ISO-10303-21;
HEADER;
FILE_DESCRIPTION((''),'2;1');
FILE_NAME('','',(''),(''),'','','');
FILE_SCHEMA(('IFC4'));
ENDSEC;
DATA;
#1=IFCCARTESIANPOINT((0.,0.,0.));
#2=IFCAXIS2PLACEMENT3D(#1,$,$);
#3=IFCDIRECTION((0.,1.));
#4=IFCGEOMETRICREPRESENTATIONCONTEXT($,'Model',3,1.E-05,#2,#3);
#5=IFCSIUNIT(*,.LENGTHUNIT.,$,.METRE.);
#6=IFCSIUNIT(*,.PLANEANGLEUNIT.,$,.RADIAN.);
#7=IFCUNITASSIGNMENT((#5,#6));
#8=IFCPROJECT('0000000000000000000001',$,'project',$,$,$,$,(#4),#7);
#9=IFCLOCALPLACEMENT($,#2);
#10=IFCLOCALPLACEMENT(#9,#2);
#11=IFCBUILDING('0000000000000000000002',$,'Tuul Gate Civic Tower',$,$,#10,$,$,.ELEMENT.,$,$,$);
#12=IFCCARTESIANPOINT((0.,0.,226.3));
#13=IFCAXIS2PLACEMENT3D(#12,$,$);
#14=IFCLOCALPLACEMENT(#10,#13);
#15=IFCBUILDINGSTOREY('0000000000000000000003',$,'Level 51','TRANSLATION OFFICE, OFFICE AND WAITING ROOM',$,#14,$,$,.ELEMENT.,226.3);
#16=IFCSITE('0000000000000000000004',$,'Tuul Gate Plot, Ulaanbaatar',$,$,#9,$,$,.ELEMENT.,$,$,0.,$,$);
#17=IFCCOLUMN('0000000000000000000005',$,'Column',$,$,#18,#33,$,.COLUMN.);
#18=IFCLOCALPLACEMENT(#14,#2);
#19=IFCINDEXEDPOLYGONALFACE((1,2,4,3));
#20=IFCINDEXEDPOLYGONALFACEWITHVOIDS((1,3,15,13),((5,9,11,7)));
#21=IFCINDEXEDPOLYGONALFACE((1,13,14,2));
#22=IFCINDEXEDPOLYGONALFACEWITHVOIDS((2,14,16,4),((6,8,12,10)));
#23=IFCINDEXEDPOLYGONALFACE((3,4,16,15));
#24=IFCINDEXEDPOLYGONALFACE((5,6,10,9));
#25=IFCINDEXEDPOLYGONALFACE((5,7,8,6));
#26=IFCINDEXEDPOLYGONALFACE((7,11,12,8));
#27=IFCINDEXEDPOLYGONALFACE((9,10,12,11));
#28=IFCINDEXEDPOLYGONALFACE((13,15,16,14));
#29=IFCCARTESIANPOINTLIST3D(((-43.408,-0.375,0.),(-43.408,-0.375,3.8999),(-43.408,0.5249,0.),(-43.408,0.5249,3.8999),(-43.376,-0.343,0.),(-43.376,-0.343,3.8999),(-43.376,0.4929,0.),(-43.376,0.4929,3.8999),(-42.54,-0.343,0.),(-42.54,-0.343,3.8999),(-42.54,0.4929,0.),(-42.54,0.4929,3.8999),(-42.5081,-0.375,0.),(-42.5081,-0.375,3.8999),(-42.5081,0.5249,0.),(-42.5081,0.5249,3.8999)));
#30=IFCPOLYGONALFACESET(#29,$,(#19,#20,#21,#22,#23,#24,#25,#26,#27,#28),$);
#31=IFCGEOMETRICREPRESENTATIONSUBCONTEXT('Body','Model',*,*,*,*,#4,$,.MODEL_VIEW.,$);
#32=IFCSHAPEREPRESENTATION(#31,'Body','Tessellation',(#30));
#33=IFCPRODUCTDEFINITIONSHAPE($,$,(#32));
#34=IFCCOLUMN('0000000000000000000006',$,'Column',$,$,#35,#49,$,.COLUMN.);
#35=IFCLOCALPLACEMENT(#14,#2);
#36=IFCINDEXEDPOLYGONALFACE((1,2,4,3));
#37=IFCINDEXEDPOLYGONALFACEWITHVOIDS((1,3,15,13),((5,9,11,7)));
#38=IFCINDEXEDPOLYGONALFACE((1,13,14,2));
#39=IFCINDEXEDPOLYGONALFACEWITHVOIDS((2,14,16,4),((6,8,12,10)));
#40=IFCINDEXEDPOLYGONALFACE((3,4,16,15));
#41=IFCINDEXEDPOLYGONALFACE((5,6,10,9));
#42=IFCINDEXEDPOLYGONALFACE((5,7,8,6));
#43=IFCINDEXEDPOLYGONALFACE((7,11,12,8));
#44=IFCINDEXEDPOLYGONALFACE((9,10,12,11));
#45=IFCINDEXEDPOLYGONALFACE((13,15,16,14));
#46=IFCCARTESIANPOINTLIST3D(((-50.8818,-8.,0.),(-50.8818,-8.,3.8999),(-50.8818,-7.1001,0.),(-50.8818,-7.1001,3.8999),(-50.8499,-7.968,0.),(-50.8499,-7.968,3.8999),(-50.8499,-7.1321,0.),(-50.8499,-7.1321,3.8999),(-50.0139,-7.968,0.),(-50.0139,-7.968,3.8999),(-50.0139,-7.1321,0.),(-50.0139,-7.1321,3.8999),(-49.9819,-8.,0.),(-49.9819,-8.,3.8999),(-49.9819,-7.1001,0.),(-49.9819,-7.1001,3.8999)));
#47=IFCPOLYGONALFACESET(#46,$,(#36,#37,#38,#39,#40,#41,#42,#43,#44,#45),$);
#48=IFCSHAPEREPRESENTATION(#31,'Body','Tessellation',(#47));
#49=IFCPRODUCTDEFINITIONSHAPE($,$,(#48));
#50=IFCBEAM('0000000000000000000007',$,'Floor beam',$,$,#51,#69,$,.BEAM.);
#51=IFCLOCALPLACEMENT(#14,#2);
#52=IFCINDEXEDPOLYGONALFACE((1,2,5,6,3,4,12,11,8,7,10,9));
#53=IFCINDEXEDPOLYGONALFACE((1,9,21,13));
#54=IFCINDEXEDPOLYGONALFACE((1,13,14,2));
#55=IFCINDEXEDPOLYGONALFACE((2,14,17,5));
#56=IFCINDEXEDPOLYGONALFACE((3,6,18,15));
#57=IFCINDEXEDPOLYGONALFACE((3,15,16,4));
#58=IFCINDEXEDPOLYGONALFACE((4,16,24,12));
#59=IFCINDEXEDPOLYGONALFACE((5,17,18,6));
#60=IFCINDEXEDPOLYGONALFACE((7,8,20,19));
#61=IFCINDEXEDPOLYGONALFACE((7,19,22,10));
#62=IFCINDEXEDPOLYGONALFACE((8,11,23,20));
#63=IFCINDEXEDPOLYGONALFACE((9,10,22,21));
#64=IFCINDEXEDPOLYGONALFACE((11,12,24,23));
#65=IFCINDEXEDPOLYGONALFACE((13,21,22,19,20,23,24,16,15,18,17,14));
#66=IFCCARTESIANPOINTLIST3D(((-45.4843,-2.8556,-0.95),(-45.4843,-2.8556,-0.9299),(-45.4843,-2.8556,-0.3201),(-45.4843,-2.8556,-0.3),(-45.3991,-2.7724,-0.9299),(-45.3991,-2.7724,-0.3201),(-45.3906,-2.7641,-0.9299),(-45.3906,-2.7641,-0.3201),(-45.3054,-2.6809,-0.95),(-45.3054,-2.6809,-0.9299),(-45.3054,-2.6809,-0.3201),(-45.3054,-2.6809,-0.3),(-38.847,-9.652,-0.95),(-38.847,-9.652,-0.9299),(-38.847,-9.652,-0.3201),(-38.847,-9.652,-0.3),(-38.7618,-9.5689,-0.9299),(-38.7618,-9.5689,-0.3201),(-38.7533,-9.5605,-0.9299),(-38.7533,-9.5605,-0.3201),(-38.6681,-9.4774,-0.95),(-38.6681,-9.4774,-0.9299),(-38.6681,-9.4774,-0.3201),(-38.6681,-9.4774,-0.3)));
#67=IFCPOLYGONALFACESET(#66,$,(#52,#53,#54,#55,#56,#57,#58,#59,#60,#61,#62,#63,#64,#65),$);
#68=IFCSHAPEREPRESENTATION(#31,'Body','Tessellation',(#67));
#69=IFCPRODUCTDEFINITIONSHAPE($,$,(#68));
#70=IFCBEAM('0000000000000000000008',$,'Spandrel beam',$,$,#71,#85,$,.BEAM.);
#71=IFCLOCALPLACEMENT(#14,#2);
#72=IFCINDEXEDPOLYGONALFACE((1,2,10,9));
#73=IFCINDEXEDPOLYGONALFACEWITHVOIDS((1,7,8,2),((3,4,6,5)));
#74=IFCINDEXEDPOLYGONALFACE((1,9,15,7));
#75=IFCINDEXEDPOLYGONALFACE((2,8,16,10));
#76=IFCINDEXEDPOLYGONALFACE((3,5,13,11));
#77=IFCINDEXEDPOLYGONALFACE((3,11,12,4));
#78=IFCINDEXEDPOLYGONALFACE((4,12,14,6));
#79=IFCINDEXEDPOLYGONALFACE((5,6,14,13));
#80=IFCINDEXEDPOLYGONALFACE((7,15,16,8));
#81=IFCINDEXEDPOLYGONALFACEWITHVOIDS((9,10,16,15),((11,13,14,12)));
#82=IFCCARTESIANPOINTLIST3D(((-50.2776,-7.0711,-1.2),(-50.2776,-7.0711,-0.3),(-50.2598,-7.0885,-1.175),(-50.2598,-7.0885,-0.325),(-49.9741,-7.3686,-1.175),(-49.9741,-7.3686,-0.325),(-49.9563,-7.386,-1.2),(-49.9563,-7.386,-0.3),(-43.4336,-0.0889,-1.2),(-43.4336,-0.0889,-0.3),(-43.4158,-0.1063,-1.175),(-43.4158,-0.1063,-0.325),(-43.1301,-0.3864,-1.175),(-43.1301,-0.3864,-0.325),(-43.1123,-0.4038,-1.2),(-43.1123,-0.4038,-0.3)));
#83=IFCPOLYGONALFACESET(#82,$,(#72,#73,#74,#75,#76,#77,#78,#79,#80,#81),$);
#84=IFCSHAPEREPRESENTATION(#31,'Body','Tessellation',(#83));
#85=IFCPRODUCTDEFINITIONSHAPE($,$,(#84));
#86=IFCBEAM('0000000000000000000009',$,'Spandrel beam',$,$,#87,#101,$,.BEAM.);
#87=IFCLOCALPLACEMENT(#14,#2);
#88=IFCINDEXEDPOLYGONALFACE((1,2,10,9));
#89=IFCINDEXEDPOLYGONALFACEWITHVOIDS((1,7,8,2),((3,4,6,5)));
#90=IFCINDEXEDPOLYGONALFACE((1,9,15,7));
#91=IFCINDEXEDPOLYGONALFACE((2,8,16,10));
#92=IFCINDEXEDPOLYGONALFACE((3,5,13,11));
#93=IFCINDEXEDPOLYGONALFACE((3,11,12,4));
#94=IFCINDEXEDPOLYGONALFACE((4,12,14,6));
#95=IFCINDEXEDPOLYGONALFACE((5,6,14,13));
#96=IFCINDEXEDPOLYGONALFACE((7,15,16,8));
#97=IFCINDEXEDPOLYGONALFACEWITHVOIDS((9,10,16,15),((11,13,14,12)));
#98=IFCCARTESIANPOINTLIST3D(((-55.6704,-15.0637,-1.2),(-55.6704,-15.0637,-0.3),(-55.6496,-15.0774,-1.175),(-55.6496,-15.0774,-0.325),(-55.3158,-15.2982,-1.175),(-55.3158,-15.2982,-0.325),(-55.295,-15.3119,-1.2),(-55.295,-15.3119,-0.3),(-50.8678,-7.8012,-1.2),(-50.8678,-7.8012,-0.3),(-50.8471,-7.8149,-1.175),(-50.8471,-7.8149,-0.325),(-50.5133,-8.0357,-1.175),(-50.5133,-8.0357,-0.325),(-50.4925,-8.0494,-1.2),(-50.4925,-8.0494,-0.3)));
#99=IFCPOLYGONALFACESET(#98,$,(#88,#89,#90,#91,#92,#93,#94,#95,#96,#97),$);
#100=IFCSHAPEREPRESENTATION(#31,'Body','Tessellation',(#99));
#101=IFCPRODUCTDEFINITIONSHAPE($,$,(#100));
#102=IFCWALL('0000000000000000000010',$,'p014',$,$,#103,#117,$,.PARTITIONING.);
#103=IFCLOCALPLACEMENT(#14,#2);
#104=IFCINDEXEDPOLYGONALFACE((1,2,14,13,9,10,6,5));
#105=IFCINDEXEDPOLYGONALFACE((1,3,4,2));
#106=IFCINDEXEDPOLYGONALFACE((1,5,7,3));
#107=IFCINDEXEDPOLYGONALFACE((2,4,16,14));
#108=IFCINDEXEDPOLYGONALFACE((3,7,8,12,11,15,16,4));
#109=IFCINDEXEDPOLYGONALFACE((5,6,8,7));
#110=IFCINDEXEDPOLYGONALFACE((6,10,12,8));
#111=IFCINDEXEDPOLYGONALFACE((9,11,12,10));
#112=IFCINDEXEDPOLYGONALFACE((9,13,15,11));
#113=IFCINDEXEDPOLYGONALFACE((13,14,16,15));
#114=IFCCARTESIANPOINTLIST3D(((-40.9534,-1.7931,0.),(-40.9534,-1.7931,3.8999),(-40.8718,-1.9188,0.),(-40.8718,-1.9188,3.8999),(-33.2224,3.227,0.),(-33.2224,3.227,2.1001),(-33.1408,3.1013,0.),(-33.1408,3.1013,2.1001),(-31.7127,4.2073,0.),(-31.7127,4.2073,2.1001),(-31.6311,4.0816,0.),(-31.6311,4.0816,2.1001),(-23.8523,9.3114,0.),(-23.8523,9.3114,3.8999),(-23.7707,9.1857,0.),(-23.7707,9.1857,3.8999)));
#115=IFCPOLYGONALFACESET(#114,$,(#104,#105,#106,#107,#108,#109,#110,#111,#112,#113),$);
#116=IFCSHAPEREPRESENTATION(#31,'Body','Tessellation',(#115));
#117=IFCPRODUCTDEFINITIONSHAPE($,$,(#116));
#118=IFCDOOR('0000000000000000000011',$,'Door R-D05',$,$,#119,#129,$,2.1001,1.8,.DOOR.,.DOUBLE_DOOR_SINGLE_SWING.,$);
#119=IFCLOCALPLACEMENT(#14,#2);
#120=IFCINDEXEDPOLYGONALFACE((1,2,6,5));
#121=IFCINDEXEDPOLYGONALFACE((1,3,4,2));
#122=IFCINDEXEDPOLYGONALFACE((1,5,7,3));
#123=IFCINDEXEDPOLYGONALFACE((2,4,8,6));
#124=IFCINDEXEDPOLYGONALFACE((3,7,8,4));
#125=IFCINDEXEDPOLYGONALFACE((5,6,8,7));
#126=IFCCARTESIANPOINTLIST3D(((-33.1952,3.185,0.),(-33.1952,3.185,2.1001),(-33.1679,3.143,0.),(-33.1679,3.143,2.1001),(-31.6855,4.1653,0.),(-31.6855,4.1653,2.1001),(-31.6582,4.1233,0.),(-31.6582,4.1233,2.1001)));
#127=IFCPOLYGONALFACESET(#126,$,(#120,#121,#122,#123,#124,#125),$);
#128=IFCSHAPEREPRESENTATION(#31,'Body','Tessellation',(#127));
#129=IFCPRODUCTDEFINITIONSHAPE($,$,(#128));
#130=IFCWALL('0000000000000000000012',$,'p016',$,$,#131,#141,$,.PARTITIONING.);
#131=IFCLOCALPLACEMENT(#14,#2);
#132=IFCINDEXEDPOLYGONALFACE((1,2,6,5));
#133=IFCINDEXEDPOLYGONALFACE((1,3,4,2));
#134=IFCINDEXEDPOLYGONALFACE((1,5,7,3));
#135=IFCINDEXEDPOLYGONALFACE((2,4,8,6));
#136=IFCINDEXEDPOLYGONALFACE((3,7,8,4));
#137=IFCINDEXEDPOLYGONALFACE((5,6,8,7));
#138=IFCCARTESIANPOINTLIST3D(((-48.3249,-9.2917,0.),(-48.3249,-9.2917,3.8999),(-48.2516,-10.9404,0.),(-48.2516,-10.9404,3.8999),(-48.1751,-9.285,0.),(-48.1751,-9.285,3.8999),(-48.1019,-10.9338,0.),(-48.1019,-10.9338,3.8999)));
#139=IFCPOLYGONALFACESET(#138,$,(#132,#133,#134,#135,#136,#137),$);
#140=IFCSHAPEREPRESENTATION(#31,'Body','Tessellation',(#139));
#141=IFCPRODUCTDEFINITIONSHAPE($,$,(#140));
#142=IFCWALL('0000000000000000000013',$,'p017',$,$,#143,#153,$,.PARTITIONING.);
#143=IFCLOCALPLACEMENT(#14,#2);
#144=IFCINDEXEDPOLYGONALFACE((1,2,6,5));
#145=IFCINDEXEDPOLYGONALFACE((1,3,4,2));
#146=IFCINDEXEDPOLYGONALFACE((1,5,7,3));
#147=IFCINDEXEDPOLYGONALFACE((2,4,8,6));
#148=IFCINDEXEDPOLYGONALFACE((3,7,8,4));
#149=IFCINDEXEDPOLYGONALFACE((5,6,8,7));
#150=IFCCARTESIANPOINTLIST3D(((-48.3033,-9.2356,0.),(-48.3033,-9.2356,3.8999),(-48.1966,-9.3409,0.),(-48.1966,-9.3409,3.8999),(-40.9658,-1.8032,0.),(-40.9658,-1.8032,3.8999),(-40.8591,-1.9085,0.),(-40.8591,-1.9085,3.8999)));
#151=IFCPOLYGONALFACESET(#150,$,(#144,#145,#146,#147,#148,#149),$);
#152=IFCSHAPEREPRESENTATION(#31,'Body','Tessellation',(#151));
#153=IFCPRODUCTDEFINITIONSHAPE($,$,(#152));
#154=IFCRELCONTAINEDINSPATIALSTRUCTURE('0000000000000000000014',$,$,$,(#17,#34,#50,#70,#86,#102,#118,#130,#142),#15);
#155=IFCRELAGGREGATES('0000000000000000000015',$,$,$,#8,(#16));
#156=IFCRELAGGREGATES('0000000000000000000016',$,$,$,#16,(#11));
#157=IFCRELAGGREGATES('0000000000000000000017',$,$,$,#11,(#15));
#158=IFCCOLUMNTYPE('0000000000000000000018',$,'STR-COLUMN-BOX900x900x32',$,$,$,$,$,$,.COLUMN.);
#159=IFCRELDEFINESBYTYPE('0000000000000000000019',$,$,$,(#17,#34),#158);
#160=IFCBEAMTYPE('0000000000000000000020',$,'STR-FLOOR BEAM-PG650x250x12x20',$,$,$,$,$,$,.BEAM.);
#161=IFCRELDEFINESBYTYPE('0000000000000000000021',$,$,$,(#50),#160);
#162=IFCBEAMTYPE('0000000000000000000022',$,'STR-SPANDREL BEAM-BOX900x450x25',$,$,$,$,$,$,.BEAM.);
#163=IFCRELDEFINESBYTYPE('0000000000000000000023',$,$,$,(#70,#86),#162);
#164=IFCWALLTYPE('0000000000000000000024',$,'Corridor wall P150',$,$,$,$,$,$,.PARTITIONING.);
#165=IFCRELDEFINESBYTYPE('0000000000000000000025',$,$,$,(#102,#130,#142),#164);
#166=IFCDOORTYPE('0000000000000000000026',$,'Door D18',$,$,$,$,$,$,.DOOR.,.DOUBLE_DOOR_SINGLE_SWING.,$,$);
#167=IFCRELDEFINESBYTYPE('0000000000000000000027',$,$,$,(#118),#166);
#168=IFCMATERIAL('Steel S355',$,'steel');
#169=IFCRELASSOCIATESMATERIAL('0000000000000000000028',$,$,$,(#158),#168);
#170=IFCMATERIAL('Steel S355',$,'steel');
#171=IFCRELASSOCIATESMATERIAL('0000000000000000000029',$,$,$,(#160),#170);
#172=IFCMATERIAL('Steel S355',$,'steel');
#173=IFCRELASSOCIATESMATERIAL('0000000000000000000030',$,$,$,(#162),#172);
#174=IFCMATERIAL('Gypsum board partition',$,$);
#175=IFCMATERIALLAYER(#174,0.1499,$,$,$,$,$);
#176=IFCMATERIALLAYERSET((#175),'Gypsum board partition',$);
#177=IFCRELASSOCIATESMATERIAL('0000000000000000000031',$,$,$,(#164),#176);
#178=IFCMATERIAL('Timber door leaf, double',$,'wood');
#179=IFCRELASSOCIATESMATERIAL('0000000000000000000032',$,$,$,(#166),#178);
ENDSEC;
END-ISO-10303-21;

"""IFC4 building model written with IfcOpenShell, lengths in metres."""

from ifc_helpers import new_model, si_unit, direction, frame, frame_2d, origin, origin_2d, place, context, subcontext, project, spatial, rectangle, hollow_rectangle, i_section, extrude, material, layer, layer_set, material_profile, profile_set, type_object, element, fill, save


model = new_model("IFC4")

# Units and contexts
model_context = context("Model", 3, precision=1e-05, world=origin(), true_north=direction((0.0, 1.0)))
body_context = subcontext(model_context, "Body", "Model", "MODEL_VIEW")
ifc_project = project(units=[si_unit("LENGTHUNIT", "METRE"), si_unit("PLANEANGLEUNIT", "RADIAN")], contexts=[model_context])

# Site, building, storey
site_placement = place(None, origin())
site = spatial("IfcSite", under=ifc_project, at=site_placement, Name="Tuul Gate Plot, Ulaanbaatar", CompositionType="ELEMENT", RefElevation=0.0)
building_placement = place(site_placement, origin())
building = spatial("IfcBuilding", under=site, at=building_placement, Name="Tuul Gate Civic Tower", CompositionType="ELEMENT")
storey_placement = place(building_placement, frame((0.0, 0.0, 226.3)))
storey = spatial("IfcBuildingStorey", under=building, at=storey_placement, Name="Level 51", Description="TRANSLATION OFFICE, OFFICE AND WAITING ROOM", CompositionType="ELEMENT", Elevation=226.3)

# Columns
ifc_material_1 = material(Name="Steel S355", Category="steel")
ifc_material_profile_1 = material_profile(ifc_material_1, hollow_rectangle(XDim=0.8999, YDim=0.8999, WallThickness=0.032, at=origin_2d()), Name="BOX900x900x32")
ifc_profile_set_1 = profile_set([ifc_material_profile_1], Name="Steel S355")
column_type = type_object("IfcColumnType", Name="STR-COLUMN-BOX900x900x32", PredefinedType="COLUMN", material=ifc_profile_set_1)
for number, where, z_axis, x_axis, name in (
    (1, (-42.958, 0.075, 0.0), (0.0, 0.0, 1.0), (1.0, 0.0, 0.0), "Column"),
    (2, (-50.4319, -7.55, 0.0), (0.0, 0.0, 1.0), (1.0, 0.0, 0.0), "Column"),
):
    element("IfcColumn", number, at=place(storey_placement, frame(where, z_axis=z_axis, x_axis=x_axis)), inside=storey, type_object=column_type, Name=name, PredefinedType="COLUMN", context=body_context, shape_type="SweptSolid", body=[
        extrude(hollow_rectangle(XDim=0.8999, YDim=0.8999, WallThickness=0.032, at=origin_2d()), origin(), (0.0, 0.0, 1.0), 3.8999),
    ])

# Beams
ifc_material_2 = material(Name="Steel S355", Category="steel")
ifc_material_profile_2 = material_profile(ifc_material_2, i_section(OverallWidth=0.25, OverallDepth=0.6499, WebThickness=0.012, FlangeThickness=0.02, at=origin_2d()), Name="PG650x250x12x20")
ifc_profile_set_2 = profile_set([ifc_material_profile_2], Name="Steel S355")
beam_type_1 = type_object("IfcBeamType", Name="STR-FLOOR BEAM-PG650x250x12x20", PredefinedType="BEAM", material=ifc_profile_set_2)
beam_1_placement = place(storey_placement, frame((-38.7576, -9.5647, -0.625), z_axis=(-0.698679, 0.715435, 0.0), x_axis=(-0.715435, -0.698679, 0.0)))
element("IfcBeam", 3, at=beam_1_placement, inside=storey, type_object=beam_type_1, Name="Floor beam", PredefinedType="BEAM", context=body_context, shape_type="SweptSolid", body=[
    extrude(i_section(OverallWidth=0.25, OverallDepth=0.6499, WebThickness=0.012, FlangeThickness=0.02, at=origin_2d()), origin(), (0.0, 0.0, 1.0), 9.4998),
])
ifc_material_3 = material(Name="Steel S355", Category="steel")
ifc_material_profile_3 = material_profile(ifc_material_3, hollow_rectangle(XDim=0.45, YDim=0.8999, WallThickness=0.0249, at=origin_2d()), Name="BOX900x450x25")
ifc_profile_set_3 = profile_set([ifc_material_profile_3], Name="Steel S355")
beam_type_2 = type_object("IfcBeamType", Name="STR-SPANDREL BEAM-BOX900x450x25", PredefinedType="BEAM", material=ifc_profile_set_3)
beam_2_placement = place(storey_placement, frame((-43.2729, -0.2463, -0.75), z_axis=(-0.700005, -0.714138, 0.0), x_axis=(0.714138, -0.700005, 0.0)))
element("IfcBeam", 4, at=beam_2_placement, inside=storey, type_object=beam_type_2, Name="Spandrel beam", PredefinedType="BEAM", context=body_context, shape_type="SweptSolid", body=[
    extrude(hollow_rectangle(XDim=0.45, YDim=0.8999, WallThickness=0.0249, at=origin_2d()), origin(), (0.0, 0.0, 1.0), 9.7771),
])
beam_3_placement = place(storey_placement, frame((-50.6802, -7.9253, -0.75), z_axis=(-0.551584, -0.834119, 0.0), x_axis=(0.834119, -0.551584, 0.0)))
element("IfcBeam", 5, at=beam_3_placement, inside=storey, type_object=beam_type_2, Name="Spandrel beam", PredefinedType="BEAM", context=body_context, shape_type="SweptSolid", body=[
    extrude(hollow_rectangle(XDim=0.45, YDim=0.8999, WallThickness=0.0249, at=origin_2d()), origin(), (0.0, 0.0, 1.0), 8.7068),
])

# Wall, opening, door
ifc_material_4 = material(Name="Gypsum board partition")
ifc_layer_1 = layer(ifc_material_4, 0.1499)
ifc_layer_set_1 = layer_set([ifc_layer_1], Name="Gypsum board partition")
wall_type_1 = type_object("IfcWallType", Name="Corridor wall P150", PredefinedType="PARTITIONING", material=ifc_layer_set_1)
wall_1_placement = place(storey_placement, frame((-40.9126, -1.856, 0.0), z_axis=(0.0, 0.0, 1.0), x_axis=(0.838695, 0.544602, 0.0)))
wall_1 = element("IfcWall", 6, at=wall_1_placement, inside=storey, type_object=wall_type_1, Name="p014", PredefinedType="PARTITIONING", context=body_context, shape_type="SweptSolid", body=[
    extrude(rectangle(XDim=20.3901, YDim=0.1499, at=frame_2d((10.1951, 0.0))), origin(), (0.0, 0.0, 1.0), 3.8999),
])
opening_1_placement = place(wall_1_placement, frame((9.218, 0.0, 0.0)))
opening_1 = element("IfcOpeningElement", 7, at=opening_1_placement, cuts=wall_1, PredefinedType="OPENING", context=body_context, shape_type="SweptSolid", body=[
    extrude(rectangle(XDim=1.8, YDim=2.1001, at=frame_2d((0.8999, 1.05))), frame((0.0, 0.085, 0.0), z_axis=(0.0, -1.0, 0.0), x_axis=(1.0, 0.0, 0.0)), (0.0, 0.0, 1.0), 0.1699),
])
ifc_material_5 = material(Name="Timber door leaf, double", Category="wood")
door_type_1 = type_object("IfcDoorType", Name="Door D18", OperationType="DOUBLE_DOOR_SINGLE_SWING", PredefinedType="DOOR", material=ifc_material_5)
door_1_placement = place(opening_1_placement, origin())
door_1 = element("IfcDoor", 8, at=door_1_placement, inside=storey, type_object=door_type_1, Name="Door R-D05", OperationType="DOUBLE_DOOR_SINGLE_SWING", OverallHeight=2.1001, OverallWidth=1.8, PredefinedType="DOOR", context=body_context, shape_type="SweptSolid", body=[
    extrude(rectangle(XDim=1.8, YDim=2.1001, at=frame_2d((0.8999, 1.05))), frame((0.0, 0.0249, 0.0), z_axis=(0.0, -1.0, 0.0), x_axis=(1.0, 0.0, 0.0)), (0.0, 0.0, 1.0), 0.05),
])
fill(opening_1, door_1)

# Walls
wall_2_placement = place(storey_placement, frame((-48.25, -9.2883, 0.0), z_axis=(0.0, 0.0, 1.0), x_axis=(0.044381, -0.999015, 0.0)))
element("IfcWall", 9, at=wall_2_placement, inside=storey, type_object=wall_type_1, Name="p016", PredefinedType="PARTITIONING", context=body_context, shape_type="SweptSolid", body=[
    extrude(rectangle(XDim=1.6504, YDim=0.1499, at=frame_2d((0.8252, 0.0))), origin(), (0.0, 0.0, 1.0), 3.8999),
])
wall_3_placement = place(storey_placement, frame((-48.25, -9.2883, 0.0), z_axis=(0.0, 0.0, 1.0), x_axis=(0.702546, 0.711639, 0.0)))
element("IfcWall", 10, at=wall_3_placement, inside=storey, type_object=wall_type_1, Name="p017", PredefinedType="PARTITIONING", context=body_context, shape_type="SweptSolid", body=[
    extrude(rectangle(XDim=10.4441, YDim=0.1499, at=frame_2d((5.2222, 0.0))), origin(), (0.0, 0.0, 1.0), 3.8999),
])

save(model, "model.ifc")
